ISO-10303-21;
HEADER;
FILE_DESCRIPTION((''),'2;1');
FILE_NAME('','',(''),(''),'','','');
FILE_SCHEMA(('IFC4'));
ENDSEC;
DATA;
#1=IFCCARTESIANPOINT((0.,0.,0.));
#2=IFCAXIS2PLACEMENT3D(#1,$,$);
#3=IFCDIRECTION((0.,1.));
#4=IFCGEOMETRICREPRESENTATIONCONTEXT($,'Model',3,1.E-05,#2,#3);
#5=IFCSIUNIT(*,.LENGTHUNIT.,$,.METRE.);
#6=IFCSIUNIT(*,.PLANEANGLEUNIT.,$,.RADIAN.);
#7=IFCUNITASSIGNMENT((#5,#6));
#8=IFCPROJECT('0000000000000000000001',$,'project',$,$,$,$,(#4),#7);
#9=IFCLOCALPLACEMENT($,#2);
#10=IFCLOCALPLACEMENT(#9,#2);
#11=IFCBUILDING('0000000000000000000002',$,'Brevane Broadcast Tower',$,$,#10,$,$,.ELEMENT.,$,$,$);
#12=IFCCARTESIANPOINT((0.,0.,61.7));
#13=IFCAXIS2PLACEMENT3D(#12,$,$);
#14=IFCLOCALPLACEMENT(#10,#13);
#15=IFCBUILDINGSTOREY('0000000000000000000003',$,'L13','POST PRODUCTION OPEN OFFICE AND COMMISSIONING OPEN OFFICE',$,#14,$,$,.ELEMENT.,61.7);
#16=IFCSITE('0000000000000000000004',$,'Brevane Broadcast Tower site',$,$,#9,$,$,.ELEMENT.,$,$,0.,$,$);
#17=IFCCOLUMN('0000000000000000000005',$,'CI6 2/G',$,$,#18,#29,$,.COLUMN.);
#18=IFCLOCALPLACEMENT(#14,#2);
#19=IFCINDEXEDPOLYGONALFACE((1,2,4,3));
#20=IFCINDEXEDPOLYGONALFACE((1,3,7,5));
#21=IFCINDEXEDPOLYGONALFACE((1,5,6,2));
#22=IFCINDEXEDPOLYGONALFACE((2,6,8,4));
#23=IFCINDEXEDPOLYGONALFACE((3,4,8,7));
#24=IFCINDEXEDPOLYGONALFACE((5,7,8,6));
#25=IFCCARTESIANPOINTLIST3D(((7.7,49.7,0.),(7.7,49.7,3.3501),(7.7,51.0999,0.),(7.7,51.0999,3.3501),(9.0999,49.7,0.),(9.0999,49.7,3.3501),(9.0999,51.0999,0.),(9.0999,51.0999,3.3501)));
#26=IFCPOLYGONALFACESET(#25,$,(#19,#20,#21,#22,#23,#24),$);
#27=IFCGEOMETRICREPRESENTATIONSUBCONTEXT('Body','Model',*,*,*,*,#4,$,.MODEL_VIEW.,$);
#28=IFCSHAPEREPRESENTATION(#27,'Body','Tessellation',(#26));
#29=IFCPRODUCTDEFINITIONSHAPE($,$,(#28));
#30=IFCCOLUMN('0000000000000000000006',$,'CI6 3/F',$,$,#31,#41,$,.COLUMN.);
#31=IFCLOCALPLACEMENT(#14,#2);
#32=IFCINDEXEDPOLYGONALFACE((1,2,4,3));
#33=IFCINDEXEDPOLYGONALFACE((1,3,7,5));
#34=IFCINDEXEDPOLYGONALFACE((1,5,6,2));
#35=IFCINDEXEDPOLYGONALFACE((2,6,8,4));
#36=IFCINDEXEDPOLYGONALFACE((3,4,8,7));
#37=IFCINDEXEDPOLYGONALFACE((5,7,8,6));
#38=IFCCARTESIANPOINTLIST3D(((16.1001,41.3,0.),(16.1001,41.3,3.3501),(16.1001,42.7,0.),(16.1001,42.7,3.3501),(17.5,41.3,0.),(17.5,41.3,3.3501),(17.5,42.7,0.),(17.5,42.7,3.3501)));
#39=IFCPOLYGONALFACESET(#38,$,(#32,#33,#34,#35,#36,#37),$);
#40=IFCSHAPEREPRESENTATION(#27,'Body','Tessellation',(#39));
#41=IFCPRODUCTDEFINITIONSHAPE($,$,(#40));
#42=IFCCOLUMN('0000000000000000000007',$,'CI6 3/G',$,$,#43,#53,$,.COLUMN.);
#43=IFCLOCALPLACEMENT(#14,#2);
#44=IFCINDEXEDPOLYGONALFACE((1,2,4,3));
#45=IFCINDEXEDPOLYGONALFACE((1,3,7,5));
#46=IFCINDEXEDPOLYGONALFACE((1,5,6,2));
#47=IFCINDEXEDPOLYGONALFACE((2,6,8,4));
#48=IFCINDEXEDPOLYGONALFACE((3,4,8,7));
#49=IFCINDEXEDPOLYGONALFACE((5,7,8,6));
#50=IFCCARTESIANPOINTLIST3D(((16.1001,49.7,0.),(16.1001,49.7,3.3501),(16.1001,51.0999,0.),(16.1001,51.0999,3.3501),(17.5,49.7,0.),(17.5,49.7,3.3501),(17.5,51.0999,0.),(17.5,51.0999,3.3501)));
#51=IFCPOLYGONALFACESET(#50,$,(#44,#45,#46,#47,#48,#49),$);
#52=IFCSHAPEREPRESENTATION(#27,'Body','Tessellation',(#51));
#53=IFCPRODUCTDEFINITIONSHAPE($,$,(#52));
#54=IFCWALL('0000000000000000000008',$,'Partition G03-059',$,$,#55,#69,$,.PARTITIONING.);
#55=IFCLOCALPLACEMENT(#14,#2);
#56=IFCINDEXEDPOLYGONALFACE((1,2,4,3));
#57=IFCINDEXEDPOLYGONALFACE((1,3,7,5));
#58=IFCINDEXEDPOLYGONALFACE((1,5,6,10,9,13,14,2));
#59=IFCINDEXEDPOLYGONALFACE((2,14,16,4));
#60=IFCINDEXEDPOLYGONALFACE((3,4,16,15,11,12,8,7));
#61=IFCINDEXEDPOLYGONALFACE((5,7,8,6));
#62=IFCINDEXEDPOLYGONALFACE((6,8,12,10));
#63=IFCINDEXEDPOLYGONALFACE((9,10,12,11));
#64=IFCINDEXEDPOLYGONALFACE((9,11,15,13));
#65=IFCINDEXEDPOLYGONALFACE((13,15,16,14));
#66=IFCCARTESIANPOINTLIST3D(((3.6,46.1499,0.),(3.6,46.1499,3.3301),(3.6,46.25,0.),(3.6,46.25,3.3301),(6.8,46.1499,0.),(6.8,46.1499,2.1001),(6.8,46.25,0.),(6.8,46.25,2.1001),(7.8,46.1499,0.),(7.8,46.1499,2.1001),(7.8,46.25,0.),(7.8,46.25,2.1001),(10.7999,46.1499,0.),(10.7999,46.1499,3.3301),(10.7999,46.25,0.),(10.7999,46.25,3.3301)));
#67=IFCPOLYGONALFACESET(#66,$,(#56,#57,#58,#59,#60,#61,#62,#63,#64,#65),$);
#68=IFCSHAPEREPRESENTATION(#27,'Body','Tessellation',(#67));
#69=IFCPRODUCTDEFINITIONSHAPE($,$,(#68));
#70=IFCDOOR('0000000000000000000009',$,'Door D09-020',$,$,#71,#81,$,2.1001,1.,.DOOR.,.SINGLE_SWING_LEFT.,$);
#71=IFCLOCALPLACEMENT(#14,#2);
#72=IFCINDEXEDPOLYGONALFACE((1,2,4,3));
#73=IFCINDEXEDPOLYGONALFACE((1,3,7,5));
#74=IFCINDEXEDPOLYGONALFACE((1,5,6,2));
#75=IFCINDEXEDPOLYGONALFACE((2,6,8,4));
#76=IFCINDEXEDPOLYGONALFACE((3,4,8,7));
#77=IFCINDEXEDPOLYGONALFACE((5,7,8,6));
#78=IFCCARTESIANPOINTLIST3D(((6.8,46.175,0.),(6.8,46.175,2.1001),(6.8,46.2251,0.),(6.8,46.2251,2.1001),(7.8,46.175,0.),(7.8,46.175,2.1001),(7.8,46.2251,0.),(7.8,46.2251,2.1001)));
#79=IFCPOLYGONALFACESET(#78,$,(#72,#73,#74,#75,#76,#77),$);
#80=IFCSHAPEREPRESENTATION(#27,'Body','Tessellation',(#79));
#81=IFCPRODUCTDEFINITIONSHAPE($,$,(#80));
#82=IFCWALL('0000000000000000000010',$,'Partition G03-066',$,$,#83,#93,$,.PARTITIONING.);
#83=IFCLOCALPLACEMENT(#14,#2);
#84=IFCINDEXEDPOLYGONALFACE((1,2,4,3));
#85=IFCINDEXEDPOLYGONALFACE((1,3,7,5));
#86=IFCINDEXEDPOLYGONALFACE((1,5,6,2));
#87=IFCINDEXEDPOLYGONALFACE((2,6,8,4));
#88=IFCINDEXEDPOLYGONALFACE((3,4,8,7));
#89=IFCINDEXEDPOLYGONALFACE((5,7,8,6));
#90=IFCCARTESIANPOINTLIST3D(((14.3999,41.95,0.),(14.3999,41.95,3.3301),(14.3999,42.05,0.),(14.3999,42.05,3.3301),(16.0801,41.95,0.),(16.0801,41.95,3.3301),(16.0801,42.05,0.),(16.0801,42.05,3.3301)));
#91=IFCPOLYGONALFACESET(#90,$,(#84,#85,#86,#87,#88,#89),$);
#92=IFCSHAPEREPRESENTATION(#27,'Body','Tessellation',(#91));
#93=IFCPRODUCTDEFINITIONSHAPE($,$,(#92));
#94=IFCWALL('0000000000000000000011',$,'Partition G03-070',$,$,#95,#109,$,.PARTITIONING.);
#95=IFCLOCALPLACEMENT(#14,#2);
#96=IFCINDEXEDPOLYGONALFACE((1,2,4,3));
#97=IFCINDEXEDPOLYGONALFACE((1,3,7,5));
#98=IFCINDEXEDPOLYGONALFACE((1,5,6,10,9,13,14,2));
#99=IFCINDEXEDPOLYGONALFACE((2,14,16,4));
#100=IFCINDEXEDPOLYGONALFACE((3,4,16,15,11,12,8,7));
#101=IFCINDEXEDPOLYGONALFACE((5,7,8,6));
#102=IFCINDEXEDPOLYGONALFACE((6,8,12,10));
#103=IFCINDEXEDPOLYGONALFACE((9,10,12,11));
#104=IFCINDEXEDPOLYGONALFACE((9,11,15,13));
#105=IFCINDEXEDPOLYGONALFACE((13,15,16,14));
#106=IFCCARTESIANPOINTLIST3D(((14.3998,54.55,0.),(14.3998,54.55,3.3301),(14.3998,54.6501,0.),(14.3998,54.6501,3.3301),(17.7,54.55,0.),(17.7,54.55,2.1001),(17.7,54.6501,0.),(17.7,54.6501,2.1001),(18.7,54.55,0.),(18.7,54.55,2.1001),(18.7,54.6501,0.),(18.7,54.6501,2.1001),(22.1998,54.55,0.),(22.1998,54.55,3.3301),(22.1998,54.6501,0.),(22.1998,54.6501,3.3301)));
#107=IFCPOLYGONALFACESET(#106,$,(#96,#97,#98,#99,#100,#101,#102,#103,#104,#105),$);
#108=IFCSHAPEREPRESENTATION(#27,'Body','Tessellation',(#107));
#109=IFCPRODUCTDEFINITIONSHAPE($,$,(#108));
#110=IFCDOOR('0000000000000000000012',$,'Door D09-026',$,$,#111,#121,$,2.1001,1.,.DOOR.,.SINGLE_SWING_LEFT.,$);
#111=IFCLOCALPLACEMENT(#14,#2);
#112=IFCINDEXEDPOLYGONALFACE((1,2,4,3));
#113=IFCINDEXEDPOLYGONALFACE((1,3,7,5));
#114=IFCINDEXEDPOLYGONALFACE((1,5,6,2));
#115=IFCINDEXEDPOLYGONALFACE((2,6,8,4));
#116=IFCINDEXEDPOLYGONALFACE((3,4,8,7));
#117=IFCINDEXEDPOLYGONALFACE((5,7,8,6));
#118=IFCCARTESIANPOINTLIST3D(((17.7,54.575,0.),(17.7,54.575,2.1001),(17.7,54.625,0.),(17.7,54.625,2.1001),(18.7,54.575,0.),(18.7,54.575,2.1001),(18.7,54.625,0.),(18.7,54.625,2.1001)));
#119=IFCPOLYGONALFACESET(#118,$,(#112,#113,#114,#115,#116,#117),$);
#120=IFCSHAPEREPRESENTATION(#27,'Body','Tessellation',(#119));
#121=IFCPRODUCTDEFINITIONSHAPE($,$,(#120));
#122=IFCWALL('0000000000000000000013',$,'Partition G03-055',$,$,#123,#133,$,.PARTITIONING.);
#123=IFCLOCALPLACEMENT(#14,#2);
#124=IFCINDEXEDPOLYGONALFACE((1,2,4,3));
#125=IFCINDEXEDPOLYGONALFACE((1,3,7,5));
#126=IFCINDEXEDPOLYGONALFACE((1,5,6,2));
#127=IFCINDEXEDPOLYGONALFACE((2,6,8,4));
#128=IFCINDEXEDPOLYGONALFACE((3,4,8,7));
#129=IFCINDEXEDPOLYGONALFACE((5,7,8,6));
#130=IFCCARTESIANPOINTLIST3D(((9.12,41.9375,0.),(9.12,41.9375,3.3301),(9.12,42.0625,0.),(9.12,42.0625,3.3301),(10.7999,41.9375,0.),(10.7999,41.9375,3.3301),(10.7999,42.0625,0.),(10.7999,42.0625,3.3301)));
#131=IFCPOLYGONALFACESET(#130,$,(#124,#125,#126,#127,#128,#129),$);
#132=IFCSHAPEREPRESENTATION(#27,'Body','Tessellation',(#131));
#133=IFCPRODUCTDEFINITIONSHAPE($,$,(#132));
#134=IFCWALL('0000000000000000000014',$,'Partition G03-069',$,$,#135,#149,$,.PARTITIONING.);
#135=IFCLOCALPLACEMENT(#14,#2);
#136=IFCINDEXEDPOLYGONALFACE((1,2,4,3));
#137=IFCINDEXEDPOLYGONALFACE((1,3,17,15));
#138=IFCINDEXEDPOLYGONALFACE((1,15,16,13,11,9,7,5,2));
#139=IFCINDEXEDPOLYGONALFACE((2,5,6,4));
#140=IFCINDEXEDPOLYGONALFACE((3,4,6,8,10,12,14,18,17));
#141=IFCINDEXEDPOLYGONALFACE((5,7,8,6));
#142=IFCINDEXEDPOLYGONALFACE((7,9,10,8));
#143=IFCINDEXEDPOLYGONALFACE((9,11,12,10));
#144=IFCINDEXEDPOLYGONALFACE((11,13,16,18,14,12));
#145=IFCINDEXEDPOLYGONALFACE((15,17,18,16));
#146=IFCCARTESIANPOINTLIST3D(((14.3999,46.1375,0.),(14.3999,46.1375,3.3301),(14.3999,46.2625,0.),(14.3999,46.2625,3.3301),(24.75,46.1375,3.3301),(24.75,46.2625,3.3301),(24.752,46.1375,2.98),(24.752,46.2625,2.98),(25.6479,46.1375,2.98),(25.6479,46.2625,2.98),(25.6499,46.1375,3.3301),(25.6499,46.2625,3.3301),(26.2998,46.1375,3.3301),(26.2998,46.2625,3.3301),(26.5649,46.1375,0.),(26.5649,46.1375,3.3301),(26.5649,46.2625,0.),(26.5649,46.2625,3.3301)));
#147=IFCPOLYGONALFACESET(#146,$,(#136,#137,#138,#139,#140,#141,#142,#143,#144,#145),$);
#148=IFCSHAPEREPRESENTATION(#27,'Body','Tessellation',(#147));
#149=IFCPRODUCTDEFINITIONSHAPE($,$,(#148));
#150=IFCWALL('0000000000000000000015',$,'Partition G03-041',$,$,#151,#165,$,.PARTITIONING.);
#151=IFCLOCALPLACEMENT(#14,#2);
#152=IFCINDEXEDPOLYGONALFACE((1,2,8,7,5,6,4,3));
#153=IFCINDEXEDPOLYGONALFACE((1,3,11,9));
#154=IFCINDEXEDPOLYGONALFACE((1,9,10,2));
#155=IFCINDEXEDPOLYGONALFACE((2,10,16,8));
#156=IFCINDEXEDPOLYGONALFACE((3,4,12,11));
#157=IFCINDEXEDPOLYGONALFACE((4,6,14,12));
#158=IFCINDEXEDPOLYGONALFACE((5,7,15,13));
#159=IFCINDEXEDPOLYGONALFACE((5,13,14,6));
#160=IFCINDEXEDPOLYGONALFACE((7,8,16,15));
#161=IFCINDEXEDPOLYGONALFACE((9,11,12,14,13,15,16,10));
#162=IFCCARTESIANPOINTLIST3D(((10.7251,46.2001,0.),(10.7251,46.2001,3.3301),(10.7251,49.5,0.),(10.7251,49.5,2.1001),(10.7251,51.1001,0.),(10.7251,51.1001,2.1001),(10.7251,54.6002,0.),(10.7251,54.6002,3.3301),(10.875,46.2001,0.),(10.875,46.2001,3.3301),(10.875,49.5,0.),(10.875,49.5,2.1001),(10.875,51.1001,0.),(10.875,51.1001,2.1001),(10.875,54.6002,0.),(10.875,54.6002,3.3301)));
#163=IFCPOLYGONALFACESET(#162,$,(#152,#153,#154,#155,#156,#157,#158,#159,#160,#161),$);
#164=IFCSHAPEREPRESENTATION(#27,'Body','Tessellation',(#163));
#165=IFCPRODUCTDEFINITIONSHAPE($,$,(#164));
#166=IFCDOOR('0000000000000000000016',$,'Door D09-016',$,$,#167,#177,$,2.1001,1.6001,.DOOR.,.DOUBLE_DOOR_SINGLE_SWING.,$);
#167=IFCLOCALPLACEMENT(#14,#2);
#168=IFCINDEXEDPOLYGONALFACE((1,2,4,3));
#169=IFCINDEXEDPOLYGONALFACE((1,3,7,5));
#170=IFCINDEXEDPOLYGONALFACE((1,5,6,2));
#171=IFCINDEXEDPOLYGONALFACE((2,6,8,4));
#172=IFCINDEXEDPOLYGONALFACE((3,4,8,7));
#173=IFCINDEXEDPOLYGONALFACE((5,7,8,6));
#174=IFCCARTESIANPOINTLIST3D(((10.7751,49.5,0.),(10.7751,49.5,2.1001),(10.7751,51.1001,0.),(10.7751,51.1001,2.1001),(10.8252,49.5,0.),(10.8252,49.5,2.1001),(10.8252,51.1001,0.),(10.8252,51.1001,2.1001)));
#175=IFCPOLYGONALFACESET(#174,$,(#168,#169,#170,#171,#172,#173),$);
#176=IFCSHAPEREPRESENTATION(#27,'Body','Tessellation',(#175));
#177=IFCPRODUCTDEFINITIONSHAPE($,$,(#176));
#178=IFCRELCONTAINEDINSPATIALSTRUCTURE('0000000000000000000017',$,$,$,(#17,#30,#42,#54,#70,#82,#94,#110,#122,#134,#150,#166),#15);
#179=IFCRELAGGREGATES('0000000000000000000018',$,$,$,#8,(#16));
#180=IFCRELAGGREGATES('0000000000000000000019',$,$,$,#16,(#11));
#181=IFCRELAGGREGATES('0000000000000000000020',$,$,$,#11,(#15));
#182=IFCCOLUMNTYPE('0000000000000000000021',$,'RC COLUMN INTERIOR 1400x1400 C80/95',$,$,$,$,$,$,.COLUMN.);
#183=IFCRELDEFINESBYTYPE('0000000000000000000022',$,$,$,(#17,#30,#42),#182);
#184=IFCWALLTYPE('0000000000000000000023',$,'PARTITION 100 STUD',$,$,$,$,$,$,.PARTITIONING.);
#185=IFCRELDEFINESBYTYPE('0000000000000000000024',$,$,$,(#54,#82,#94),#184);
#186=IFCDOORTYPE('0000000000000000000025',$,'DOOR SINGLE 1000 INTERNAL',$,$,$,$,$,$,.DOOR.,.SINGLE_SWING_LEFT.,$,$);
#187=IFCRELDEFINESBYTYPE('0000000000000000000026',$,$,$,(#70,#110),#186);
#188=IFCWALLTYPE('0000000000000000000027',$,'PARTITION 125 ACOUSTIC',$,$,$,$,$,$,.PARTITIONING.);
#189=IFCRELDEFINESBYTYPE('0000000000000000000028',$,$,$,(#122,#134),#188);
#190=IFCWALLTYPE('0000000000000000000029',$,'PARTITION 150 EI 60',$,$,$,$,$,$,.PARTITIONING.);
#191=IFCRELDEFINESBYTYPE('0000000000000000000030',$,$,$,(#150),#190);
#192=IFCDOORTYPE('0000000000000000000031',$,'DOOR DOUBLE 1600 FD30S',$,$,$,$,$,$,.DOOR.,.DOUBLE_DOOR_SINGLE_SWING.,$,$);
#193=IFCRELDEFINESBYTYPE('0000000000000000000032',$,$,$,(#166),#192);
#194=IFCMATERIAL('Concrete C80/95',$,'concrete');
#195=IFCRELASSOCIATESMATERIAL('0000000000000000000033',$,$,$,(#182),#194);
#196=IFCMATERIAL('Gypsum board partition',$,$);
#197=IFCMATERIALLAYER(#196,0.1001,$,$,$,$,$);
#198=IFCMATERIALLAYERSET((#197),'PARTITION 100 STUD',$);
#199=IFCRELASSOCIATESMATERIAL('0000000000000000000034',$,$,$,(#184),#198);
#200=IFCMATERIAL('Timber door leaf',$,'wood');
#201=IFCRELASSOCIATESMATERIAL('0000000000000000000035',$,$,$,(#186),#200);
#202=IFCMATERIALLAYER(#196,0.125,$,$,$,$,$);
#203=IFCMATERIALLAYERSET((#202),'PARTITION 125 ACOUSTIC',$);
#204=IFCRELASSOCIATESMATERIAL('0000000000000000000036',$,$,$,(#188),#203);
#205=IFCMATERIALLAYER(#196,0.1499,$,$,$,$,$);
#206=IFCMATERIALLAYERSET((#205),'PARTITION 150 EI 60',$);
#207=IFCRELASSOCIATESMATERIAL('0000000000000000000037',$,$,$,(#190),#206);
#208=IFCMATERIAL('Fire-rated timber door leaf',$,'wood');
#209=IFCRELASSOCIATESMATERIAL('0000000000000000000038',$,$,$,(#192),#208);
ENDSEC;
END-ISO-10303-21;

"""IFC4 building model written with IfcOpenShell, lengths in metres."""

from ifc_helpers import new_model, si_unit, direction, frame, frame_2d, origin, origin_2d, place, context, subcontext, project, spatial, polyline, rectangle, outline, extrude, material, layer, layer_set, material_profile, profile_set, type_object, element, fill, save


model = new_model("IFC4")

# Units and contexts
model_context = context("Model", 3, precision=1e-05, world=origin(), true_north=direction((0.0, 1.0)))
body_context = subcontext(model_context, "Body", "Model", "MODEL_VIEW")
ifc_project = project(units=[si_unit("LENGTHUNIT", "METRE"), si_unit("PLANEANGLEUNIT", "RADIAN")], contexts=[model_context])

# Site, building, storey
site_placement = place(None, origin())
site = spatial("IfcSite", under=ifc_project, at=site_placement, Name="Brevane Broadcast Tower site", CompositionType="ELEMENT", RefElevation=0.0)
building_placement = place(site_placement, origin())
building = spatial("IfcBuilding", under=site, at=building_placement, Name="Brevane Broadcast Tower", CompositionType="ELEMENT")
storey_placement = place(building_placement, frame((0.0, 0.0, 61.7)))
storey = spatial("IfcBuildingStorey", under=building, at=storey_placement, Name="L13", Description="POST PRODUCTION OPEN OFFICE AND COMMISSIONING OPEN OFFICE", CompositionType="ELEMENT", Elevation=61.7)

# Columns
ifc_material_1 = material(Name="Concrete C80/95", Category="concrete")
ifc_material_profile = material_profile(ifc_material_1, rectangle(XDim=1.3999, YDim=1.3999, at=origin_2d()), Name="RC 1400x1400")
ifc_profile_set = profile_set([ifc_material_profile], Name="Concrete C80/95")
column_type = type_object("IfcColumnType", Name="RC COLUMN INTERIOR 1400x1400 C80/95", PredefinedType="COLUMN", material=ifc_profile_set)
for number, where, z_axis, x_axis, name in (
    (1, (8.3999, 50.3999, 0.0), (0.0, 0.0, 1.0), (1.0, 0.0, 0.0), "CI6 2/G"),
    (2, (16.8, 42.0, 0.0), (0.0, 0.0, 1.0), (1.0, 0.0, 0.0), "CI6 3/F"),
    (3, (16.8, 50.3999, 0.0), (0.0, 0.0, 1.0), (1.0, 0.0, 0.0), "CI6 3/G"),
):
    element("IfcColumn", number, at=place(storey_placement, frame(where, z_axis=z_axis, x_axis=x_axis)), inside=storey, type_object=column_type, Name=name, PredefinedType="COLUMN", context=body_context, shape_type="SweptSolid", body=[
        extrude(rectangle(XDim=1.3999, YDim=1.3999, at=origin_2d()), origin(), (0.0, 0.0, 1.0), 3.3501),
    ])

# Wall, opening, door
ifc_material_2 = material(Name="Gypsum board partition")
ifc_layer_1 = layer(ifc_material_2, 0.1001)
ifc_layer_set_1 = layer_set([ifc_layer_1], Name="PARTITION 100 STUD")
wall_type_1 = type_object("IfcWallType", Name="PARTITION 100 STUD", PredefinedType="PARTITIONING", material=ifc_layer_set_1)
wall_1_placement = place(storey_placement, frame((10.8, 46.2, 0.0), z_axis=(0.0, 0.0, 1.0), x_axis=(-1.0, 0.0, 0.0)))
wall_1 = element("IfcWall", 4, at=wall_1_placement, inside=storey, type_object=wall_type_1, Name="Partition G03-059", PredefinedType="PARTITIONING", context=body_context, shape_type="SweptSolid", body=[
    extrude(rectangle(XDim=7.2, YDim=0.1001, at=frame_2d((3.6001, 0.0))), origin(), (0.0, 0.0, 1.0), 3.3301),
])
opening_1_placement = place(wall_1_placement, frame((3.0, 0.0, 0.0)))
opening_1 = element("IfcOpeningElement", 5, at=opening_1_placement, cuts=wall_1, PredefinedType="OPENING", context=body_context, shape_type="SweptSolid", body=[
    extrude(rectangle(XDim=1.0, YDim=2.1001, at=frame_2d((0.5, 1.05))), frame((0.0, 0.0601, 0.0), z_axis=(0.0, -1.0, 0.0), x_axis=(1.0, 0.0, 0.0)), (0.0, 0.0, 1.0), 0.1201),
])
ifc_material_3 = material(Name="Timber door leaf", Category="wood")
door_type_1 = type_object("IfcDoorType", Name="DOOR SINGLE 1000 INTERNAL", OperationType="SINGLE_SWING_LEFT", PredefinedType="DOOR", material=ifc_material_3)
door_1_placement = place(opening_1_placement, origin())
door_1 = element("IfcDoor", 6, at=door_1_placement, inside=storey, type_object=door_type_1, Name="Door D09-020", OperationType="SINGLE_SWING_LEFT", OverallHeight=2.1001, OverallWidth=1.0, PredefinedType="DOOR", context=body_context, shape_type="SweptSolid", body=[
    extrude(rectangle(XDim=1.0, YDim=2.1001, at=frame_2d((0.5, 1.05))), frame((0.0, 0.0249, 0.0), z_axis=(0.0, -1.0, 0.0), x_axis=(1.0, 0.0, 0.0)), (0.0, 0.0, 1.0), 0.05),
])
fill(opening_1, door_1)

# Wall
wall_2_placement = place(storey_placement, frame((14.3999, 42.0, 0.0), z_axis=(0.0, 0.0, 1.0), x_axis=(1.0, 0.0, 0.0)))
element("IfcWall", 7, at=wall_2_placement, inside=storey, type_object=wall_type_1, Name="Partition G03-066", PredefinedType="PARTITIONING", context=body_context, shape_type="SweptSolid", body=[
    extrude(rectangle(XDim=1.6802, YDim=0.1001, at=frame_2d((0.8401, 0.0))), origin(), (0.0, 0.0, 1.0), 3.3301),
])

# Wall, opening, door
wall_3_placement = place(storey_placement, frame((14.3999, 54.6001, 0.0), z_axis=(0.0, 0.0, 1.0), x_axis=(1.0, 0.0, 0.0)))
wall_3 = element("IfcWall", 8, at=wall_3_placement, inside=storey, type_object=wall_type_1, Name="Partition G03-070", PredefinedType="PARTITIONING", context=body_context, shape_type="SweptSolid", body=[
    extrude(rectangle(XDim=7.8, YDim=0.1001, at=frame_2d((3.8999, 0.0))), origin(), (0.0, 0.0, 1.0), 3.3301),
])
opening_2_placement = place(wall_3_placement, frame((3.3, 0.0, 0.0)))
opening_2 = element("IfcOpeningElement", 9, at=opening_2_placement, cuts=wall_3, PredefinedType="OPENING", context=body_context, shape_type="SweptSolid", body=[
    extrude(rectangle(XDim=1.0, YDim=2.1001, at=frame_2d((0.5, 1.05))), frame((0.0, 0.0601, 0.0), z_axis=(0.0, -1.0, 0.0), x_axis=(1.0, 0.0, 0.0)), (0.0, 0.0, 1.0), 0.1201),
])
door_2_placement = place(opening_2_placement, origin())
door_2 = element("IfcDoor", 10, at=door_2_placement, inside=storey, type_object=door_type_1, Name="Door D09-026", OperationType="SINGLE_SWING_LEFT", OverallHeight=2.1001, OverallWidth=1.0, PredefinedType="DOOR", context=body_context, shape_type="SweptSolid", body=[
    extrude(rectangle(XDim=1.0, YDim=2.1001, at=frame_2d((0.5, 1.05))), frame((0.0, 0.0249, 0.0), z_axis=(0.0, -1.0, 0.0), x_axis=(1.0, 0.0, 0.0)), (0.0, 0.0, 1.0), 0.05),
])
fill(opening_2, door_2)

# Walls
ifc_layer_2 = layer(ifc_material_2, 0.125)
ifc_layer_set_2 = layer_set([ifc_layer_2], Name="PARTITION 125 ACOUSTIC")
wall_type_2 = type_object("IfcWallType", Name="PARTITION 125 ACOUSTIC", PredefinedType="PARTITIONING", material=ifc_layer_set_2)
wall_4_placement = place(storey_placement, frame((9.1201, 42.0, 0.0), z_axis=(0.0, 0.0, 1.0), x_axis=(1.0, 0.0, 0.0)))
element("IfcWall", 11, at=wall_4_placement, inside=storey, type_object=wall_type_2, Name="Partition G03-055", PredefinedType="PARTITIONING", context=body_context, shape_type="SweptSolid", body=[
    extrude(rectangle(XDim=1.6799, YDim=0.125, at=frame_2d((0.8398, 0.0))), origin(), (0.0, 0.0, 1.0), 3.3301),
])
wall_5_placement = place(storey_placement, frame((14.3999, 46.2, 0.0), z_axis=(0.0, 0.0, 1.0), x_axis=(1.0, 0.0, 0.0)))
element("IfcWall", 12, at=wall_5_placement, inside=storey, type_object=wall_type_2, Name="Partition G03-069", PredefinedType="PARTITIONING", context=body_context, shape_type="SweptSolid", body=[
    extrude(outline(polyline([(0.0, 0.0), (12.165, 0.0), (12.165, 3.3301), (11.8999, 3.3301), (11.25, 3.3301), (11.248, 2.98), (10.3521, 2.98), (10.3501, 3.3301), (0.0, 3.3301), (0.0, 0.0)])), frame((0.0, 0.0625, 0.0), z_axis=(0.0, -1.0, 0.0), x_axis=(1.0, 0.0, 0.0)), (0.0, 0.0, 1.0), 0.125),
])

# Wall, opening, door
ifc_layer_3 = layer(ifc_material_2, 0.1499)
ifc_layer_set_3 = layer_set([ifc_layer_3], Name="PARTITION 150 EI 60")
wall_type_3 = type_object("IfcWallType", Name="PARTITION 150 EI 60", PredefinedType="PARTITIONING", material=ifc_layer_set_3)
wall_6_placement = place(storey_placement, frame((10.8, 46.2, 0.0), z_axis=(0.0, 0.0, 1.0), x_axis=(0.0, 1.0, 0.0)))
wall_6 = element("IfcWall", 13, at=wall_6_placement, inside=storey, type_object=wall_type_3, Name="Partition G03-041", PredefinedType="PARTITIONING", context=body_context, shape_type="SweptSolid", body=[
    extrude(rectangle(XDim=8.4001, YDim=0.1499, at=frame_2d((4.2002, 0.0))), origin(), (0.0, 0.0, 1.0), 3.3301),
])
opening_3_placement = place(wall_6_placement, frame((3.3, 0.0, 0.0)))
opening_3 = element("IfcOpeningElement", 14, at=opening_3_placement, cuts=wall_6, PredefinedType="OPENING", context=body_context, shape_type="SweptSolid", body=[
    extrude(rectangle(XDim=1.6001, YDim=2.1001, at=frame_2d((0.8, 1.05))), frame((0.0, 0.085, 0.0), z_axis=(0.0, -1.0, 0.0), x_axis=(1.0, 0.0, 0.0)), (0.0, 0.0, 1.0), 0.1699),
])
ifc_material_4 = material(Name="Fire-rated timber door leaf", Category="wood")
door_type_2 = type_object("IfcDoorType", Name="DOOR DOUBLE 1600 FD30S", OperationType="DOUBLE_DOOR_SINGLE_SWING", PredefinedType="DOOR", material=ifc_material_4)
door_3_placement = place(opening_3_placement, origin())
door_3 = element("IfcDoor", 15, at=door_3_placement, inside=storey, type_object=door_type_2, Name="Door D09-016", OperationType="DOUBLE_DOOR_SINGLE_SWING", OverallHeight=2.1001, OverallWidth=1.6001, PredefinedType="DOOR", context=body_context, shape_type="SweptSolid", body=[
    extrude(rectangle(XDim=1.6001, YDim=2.1001, at=frame_2d((0.8, 1.05))), frame((0.0, 0.0249, 0.0), z_axis=(0.0, -1.0, 0.0), x_axis=(1.0, 0.0, 0.0)), (0.0, 0.0, 1.0), 0.05),
])
fill(opening_3, door_3)

save(model, "model.ifc")
